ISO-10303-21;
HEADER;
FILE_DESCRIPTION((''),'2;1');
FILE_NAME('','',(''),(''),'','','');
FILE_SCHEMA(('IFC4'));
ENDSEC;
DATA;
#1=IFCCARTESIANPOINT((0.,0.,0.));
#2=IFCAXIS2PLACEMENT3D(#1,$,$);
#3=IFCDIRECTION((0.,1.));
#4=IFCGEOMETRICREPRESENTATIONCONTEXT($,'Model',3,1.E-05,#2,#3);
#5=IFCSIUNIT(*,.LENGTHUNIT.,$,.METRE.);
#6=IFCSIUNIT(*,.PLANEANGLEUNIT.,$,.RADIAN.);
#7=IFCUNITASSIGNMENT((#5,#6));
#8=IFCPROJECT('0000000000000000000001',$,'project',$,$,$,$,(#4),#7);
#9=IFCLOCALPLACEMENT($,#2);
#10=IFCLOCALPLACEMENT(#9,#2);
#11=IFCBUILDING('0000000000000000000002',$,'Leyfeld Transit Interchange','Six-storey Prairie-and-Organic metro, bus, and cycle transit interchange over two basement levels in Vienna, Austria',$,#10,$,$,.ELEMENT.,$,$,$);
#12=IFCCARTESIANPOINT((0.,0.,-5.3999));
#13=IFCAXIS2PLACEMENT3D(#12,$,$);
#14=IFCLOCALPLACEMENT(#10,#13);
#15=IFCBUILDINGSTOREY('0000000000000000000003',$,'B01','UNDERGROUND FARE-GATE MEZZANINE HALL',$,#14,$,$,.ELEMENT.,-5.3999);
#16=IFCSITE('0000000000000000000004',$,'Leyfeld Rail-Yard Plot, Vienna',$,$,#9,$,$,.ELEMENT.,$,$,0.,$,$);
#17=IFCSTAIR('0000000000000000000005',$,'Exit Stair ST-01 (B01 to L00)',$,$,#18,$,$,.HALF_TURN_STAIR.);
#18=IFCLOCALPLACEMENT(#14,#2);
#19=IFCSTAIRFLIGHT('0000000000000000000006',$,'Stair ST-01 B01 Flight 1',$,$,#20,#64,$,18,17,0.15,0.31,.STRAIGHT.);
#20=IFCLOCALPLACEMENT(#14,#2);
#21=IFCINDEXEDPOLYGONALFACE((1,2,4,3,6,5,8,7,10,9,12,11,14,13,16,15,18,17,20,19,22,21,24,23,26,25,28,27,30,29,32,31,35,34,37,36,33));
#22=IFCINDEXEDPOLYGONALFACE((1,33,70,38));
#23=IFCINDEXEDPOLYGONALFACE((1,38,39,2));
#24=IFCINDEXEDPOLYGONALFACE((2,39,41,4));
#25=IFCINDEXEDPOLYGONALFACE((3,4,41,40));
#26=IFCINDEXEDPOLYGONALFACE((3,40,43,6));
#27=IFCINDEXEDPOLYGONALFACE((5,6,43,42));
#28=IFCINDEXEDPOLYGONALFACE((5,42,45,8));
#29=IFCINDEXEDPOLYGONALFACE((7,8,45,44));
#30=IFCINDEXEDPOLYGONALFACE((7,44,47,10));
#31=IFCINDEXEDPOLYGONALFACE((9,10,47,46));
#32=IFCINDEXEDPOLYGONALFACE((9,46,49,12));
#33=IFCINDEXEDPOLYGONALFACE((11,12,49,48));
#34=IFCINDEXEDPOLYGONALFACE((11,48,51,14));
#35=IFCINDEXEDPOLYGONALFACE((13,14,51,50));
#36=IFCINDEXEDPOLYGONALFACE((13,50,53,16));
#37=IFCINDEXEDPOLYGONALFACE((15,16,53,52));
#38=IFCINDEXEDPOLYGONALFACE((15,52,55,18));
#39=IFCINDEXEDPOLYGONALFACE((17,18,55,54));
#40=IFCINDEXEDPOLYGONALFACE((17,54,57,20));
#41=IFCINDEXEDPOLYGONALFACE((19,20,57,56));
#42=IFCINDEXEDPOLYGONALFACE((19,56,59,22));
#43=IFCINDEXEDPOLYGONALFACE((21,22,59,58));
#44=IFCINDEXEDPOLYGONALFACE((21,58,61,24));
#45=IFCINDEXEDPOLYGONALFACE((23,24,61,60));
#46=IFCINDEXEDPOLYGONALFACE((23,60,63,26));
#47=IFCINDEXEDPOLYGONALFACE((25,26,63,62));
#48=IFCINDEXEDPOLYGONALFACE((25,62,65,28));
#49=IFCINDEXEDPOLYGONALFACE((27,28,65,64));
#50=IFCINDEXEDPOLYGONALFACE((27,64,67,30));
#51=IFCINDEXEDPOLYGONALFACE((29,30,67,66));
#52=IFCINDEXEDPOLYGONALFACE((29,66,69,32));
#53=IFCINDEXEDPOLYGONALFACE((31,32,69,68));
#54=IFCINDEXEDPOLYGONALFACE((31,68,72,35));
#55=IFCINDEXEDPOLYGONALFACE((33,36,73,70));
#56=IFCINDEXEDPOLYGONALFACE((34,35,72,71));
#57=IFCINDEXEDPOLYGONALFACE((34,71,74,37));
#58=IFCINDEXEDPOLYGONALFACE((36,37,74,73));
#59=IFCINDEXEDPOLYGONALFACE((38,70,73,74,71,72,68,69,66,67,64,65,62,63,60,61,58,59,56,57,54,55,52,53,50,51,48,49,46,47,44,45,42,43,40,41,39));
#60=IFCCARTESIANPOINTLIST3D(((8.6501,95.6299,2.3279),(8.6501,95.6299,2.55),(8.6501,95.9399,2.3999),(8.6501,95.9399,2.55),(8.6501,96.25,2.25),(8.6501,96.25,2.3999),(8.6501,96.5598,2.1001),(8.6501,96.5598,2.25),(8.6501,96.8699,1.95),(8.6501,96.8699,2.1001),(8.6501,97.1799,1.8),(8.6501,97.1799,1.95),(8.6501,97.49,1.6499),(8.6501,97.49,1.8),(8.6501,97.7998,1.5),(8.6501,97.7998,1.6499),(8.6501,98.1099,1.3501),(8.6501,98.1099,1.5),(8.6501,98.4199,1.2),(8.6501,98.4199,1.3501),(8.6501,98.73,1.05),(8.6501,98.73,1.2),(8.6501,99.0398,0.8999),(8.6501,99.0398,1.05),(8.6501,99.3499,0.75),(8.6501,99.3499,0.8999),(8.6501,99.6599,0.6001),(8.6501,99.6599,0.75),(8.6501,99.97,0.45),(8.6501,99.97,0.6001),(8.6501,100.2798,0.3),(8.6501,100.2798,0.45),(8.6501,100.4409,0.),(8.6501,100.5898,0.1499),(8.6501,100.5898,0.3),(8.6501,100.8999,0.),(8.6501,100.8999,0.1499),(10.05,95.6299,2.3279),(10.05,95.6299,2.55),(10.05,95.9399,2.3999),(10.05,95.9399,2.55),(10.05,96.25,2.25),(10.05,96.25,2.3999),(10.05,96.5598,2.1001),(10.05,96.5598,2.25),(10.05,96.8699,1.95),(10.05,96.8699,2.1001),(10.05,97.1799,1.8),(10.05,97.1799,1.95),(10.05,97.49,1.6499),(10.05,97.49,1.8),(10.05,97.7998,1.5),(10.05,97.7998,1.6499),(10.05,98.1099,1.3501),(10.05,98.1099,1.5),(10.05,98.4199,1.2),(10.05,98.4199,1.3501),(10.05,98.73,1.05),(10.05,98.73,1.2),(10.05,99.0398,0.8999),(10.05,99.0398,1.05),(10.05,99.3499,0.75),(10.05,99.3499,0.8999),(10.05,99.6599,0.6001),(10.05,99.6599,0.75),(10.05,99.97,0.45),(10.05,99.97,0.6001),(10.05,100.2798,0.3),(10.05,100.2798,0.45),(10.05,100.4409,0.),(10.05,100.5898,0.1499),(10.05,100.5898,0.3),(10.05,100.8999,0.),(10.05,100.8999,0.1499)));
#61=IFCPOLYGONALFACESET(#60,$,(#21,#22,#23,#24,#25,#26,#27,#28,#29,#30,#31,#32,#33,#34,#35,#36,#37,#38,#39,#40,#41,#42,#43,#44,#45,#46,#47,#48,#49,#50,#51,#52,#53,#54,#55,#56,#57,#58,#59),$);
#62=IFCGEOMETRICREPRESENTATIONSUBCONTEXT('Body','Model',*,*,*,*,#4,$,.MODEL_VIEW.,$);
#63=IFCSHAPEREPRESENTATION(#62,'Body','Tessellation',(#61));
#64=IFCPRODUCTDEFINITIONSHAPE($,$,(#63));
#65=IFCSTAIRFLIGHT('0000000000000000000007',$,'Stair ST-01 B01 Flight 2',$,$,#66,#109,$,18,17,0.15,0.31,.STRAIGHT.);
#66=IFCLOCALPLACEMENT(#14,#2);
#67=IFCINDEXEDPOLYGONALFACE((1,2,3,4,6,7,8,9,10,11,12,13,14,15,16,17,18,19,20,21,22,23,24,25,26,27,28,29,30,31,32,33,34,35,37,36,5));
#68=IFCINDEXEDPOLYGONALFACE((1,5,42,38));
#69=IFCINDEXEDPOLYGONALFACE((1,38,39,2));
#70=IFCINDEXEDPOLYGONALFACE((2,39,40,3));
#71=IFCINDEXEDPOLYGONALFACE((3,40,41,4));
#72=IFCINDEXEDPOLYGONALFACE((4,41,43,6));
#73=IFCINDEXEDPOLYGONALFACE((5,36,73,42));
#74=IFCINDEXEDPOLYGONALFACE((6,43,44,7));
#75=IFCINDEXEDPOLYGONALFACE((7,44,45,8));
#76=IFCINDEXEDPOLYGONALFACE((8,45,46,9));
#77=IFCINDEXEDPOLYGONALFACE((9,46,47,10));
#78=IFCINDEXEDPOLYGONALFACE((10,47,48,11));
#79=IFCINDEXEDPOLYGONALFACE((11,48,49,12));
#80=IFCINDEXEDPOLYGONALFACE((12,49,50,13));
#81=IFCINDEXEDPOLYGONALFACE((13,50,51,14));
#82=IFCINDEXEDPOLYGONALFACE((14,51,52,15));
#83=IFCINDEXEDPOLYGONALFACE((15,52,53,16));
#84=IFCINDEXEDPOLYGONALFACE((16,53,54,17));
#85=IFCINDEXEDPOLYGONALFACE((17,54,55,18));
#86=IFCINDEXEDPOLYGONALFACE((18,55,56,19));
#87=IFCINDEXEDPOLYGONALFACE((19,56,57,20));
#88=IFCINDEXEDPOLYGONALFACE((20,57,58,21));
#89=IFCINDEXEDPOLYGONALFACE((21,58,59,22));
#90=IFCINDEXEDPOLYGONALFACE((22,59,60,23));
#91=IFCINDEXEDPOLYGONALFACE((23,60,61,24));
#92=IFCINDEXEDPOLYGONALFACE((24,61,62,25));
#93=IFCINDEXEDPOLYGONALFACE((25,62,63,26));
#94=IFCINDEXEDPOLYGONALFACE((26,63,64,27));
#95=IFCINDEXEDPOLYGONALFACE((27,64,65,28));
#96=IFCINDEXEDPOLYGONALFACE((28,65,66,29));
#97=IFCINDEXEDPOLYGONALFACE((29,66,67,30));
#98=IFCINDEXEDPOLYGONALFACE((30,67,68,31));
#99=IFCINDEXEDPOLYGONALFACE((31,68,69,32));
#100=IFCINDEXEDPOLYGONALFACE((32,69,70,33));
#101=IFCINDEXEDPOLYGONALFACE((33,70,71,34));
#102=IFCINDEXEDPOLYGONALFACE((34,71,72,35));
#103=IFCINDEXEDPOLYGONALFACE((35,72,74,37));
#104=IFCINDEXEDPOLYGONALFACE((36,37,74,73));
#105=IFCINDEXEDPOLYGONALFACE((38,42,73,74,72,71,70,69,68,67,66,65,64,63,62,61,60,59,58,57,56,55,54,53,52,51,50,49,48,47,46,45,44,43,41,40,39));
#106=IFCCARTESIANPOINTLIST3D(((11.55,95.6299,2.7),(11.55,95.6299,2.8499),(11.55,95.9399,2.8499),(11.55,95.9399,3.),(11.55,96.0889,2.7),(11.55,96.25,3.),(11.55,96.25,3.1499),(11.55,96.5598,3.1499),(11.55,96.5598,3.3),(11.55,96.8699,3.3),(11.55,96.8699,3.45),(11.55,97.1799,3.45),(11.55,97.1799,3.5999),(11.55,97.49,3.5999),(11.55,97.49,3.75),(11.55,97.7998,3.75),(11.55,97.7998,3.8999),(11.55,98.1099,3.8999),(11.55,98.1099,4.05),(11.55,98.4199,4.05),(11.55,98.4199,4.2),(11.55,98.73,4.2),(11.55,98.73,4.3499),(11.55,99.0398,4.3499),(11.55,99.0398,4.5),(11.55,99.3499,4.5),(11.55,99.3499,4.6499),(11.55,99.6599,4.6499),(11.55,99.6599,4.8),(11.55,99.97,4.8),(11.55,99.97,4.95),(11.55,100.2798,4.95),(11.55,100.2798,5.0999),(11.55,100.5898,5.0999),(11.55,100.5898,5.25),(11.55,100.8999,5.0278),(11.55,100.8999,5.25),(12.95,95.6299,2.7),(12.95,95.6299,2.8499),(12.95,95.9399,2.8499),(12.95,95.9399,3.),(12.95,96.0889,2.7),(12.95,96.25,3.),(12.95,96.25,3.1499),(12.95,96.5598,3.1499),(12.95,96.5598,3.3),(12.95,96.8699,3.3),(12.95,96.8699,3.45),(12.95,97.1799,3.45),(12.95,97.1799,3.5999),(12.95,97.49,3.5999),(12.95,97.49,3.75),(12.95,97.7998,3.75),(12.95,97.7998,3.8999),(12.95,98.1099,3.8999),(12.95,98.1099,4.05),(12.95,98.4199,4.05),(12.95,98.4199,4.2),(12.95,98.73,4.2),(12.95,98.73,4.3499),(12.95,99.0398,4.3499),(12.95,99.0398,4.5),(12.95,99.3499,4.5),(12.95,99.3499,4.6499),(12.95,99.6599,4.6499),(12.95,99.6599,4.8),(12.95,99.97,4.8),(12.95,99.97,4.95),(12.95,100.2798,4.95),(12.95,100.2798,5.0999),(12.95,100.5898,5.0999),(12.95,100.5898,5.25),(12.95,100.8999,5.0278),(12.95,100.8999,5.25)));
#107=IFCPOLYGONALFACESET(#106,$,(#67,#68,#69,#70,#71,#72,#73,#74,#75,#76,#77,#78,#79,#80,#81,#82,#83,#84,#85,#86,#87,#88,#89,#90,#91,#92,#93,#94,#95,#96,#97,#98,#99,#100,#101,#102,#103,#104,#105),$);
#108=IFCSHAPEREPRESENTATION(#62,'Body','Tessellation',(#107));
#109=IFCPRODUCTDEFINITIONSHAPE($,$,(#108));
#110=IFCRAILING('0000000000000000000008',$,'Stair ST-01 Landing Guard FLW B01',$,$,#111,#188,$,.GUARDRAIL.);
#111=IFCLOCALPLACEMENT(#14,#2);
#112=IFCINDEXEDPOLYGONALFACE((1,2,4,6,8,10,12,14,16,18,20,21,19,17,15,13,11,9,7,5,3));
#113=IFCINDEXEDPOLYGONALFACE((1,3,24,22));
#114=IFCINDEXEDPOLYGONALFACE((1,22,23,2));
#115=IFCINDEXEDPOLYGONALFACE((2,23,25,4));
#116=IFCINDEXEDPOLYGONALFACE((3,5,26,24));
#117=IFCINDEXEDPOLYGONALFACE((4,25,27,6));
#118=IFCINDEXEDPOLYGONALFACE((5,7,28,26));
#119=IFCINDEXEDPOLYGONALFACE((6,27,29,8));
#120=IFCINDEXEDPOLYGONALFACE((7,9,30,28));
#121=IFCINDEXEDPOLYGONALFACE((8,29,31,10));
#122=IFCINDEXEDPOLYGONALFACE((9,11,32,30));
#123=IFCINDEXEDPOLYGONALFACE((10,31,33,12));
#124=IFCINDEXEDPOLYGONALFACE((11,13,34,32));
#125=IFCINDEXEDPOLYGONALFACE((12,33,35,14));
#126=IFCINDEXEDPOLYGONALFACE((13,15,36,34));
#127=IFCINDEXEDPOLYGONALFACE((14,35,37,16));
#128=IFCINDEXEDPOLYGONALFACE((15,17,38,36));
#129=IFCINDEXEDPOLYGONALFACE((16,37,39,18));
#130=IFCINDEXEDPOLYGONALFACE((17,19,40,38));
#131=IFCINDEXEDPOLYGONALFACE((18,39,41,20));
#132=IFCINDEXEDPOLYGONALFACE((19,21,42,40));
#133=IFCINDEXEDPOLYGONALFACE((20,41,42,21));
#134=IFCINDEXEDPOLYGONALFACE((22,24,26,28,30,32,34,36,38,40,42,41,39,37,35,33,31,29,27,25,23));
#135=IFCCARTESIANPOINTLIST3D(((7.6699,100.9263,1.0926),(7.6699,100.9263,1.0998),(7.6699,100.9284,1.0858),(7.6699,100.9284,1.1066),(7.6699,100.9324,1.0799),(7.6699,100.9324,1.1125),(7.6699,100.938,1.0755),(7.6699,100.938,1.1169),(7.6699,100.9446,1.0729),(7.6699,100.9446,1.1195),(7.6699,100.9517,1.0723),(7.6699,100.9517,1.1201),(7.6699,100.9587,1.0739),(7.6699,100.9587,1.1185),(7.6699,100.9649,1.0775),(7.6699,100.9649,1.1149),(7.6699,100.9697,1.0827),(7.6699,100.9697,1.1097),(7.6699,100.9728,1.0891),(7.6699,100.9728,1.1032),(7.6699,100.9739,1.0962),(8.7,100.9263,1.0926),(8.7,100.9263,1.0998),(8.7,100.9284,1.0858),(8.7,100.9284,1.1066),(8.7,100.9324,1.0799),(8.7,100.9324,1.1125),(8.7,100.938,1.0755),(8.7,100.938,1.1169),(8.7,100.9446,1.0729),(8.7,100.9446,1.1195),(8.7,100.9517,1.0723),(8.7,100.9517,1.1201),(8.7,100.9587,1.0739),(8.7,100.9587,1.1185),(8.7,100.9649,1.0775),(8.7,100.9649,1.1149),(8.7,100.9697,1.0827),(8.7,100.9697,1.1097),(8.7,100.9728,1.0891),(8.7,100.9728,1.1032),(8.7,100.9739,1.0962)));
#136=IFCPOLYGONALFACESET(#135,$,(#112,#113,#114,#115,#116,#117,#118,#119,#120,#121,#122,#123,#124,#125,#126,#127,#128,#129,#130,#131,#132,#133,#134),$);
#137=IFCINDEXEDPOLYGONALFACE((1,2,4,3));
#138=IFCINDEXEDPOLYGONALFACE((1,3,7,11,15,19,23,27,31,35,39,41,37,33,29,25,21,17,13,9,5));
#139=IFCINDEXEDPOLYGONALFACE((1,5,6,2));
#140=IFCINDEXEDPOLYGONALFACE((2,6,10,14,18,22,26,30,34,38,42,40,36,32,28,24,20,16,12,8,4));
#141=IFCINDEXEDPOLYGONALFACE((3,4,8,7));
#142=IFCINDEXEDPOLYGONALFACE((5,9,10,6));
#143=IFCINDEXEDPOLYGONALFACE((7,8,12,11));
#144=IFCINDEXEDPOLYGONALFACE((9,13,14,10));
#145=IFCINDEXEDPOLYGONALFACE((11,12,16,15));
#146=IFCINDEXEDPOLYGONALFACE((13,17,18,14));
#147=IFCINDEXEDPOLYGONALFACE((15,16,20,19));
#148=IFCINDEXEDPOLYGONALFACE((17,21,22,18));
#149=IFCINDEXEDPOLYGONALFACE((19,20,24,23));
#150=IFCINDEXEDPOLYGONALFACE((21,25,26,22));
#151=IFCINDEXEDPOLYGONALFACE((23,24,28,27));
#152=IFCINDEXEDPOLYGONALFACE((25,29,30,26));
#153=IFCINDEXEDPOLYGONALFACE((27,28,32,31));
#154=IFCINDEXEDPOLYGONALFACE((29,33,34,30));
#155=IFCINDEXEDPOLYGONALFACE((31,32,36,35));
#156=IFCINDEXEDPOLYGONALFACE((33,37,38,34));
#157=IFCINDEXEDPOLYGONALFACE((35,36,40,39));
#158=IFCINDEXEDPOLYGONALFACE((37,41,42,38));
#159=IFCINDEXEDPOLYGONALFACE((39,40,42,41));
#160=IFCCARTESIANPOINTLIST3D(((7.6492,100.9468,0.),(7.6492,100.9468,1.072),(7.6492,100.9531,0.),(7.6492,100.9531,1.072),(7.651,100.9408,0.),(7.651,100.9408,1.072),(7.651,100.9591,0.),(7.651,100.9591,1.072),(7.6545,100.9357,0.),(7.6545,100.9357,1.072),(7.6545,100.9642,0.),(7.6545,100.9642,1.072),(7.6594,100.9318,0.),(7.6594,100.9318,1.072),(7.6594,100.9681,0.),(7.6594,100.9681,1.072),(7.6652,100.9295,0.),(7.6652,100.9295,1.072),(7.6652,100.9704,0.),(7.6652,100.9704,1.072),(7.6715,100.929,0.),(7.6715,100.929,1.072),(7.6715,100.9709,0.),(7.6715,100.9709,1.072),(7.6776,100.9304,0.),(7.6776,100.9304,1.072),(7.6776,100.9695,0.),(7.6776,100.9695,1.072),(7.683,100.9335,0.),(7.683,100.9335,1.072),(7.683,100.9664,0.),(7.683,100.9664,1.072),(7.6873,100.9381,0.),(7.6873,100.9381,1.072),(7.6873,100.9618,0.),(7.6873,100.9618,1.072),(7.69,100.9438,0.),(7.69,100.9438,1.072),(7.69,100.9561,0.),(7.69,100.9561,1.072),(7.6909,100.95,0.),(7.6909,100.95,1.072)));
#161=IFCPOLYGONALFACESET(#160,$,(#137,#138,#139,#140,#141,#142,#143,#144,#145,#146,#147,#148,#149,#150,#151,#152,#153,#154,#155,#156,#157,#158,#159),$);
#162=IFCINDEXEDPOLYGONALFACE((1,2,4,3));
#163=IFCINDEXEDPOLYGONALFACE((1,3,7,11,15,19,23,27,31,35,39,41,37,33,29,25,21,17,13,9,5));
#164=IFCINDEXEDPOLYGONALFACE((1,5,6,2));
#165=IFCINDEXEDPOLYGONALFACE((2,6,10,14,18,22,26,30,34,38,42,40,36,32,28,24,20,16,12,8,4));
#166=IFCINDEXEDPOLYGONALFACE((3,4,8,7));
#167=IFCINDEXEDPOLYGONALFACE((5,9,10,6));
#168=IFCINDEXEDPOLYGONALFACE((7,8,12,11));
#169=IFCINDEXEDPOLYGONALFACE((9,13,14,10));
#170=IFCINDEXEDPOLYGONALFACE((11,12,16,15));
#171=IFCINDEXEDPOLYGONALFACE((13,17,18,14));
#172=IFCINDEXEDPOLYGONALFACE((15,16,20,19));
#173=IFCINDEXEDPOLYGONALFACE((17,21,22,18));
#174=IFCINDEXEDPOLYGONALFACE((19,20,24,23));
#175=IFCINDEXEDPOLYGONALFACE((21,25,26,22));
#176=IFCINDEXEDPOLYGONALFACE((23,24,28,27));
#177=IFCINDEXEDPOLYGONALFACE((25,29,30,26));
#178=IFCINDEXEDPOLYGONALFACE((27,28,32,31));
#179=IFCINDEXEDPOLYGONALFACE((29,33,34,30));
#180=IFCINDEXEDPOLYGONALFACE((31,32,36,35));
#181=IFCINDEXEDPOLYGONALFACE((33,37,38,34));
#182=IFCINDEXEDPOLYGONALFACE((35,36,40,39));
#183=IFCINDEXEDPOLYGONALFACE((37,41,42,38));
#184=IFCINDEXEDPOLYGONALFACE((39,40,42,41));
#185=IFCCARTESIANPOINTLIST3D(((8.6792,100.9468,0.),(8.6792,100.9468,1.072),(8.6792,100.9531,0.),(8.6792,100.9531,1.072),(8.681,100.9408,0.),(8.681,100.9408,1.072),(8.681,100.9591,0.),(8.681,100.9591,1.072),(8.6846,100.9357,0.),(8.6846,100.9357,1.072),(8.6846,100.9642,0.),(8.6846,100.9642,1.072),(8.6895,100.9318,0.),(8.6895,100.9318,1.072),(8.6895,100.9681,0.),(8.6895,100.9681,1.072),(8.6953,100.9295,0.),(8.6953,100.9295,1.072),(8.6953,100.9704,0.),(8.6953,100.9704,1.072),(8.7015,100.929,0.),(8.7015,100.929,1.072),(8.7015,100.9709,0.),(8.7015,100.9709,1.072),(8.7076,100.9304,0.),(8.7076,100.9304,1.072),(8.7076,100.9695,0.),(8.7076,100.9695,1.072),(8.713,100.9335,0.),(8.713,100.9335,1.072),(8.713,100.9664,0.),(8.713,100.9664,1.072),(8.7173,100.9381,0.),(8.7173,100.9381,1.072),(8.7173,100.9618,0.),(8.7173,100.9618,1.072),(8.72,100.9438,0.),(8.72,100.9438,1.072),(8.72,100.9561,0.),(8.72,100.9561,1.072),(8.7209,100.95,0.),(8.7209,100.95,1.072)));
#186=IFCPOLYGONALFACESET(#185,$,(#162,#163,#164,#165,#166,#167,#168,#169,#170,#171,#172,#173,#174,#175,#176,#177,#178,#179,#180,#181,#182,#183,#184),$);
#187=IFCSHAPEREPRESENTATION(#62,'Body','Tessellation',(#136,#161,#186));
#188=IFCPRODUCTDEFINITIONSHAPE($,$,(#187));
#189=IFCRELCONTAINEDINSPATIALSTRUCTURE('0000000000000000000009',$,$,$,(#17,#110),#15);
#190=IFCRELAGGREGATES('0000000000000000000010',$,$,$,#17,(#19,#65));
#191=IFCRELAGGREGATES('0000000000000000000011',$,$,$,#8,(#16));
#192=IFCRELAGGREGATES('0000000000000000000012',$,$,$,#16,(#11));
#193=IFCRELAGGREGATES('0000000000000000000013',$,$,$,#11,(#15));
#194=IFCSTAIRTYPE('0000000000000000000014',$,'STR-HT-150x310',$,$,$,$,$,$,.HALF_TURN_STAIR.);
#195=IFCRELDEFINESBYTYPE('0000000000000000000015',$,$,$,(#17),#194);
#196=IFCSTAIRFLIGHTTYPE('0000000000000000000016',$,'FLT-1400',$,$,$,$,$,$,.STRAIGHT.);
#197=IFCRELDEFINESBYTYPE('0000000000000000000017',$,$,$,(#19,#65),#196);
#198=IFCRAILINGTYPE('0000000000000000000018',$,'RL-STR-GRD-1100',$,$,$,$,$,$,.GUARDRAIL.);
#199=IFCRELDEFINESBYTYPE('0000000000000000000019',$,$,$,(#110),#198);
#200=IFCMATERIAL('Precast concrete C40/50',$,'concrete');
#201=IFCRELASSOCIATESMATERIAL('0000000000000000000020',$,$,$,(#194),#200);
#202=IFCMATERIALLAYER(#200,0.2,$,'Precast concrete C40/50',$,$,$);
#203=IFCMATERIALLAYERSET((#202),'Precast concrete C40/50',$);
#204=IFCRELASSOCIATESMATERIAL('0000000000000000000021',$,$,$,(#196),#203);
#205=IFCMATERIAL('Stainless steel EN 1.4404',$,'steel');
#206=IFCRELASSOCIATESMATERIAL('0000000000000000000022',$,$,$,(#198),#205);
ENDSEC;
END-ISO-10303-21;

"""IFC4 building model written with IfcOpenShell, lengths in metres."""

from ifc_helpers import new_model, si_unit, direction, frame, origin, origin_2d, place, context, subcontext, project, spatial, polyline, circle, outline, extrude, material, layer, layer_set, type_object, element, aggregate, save


model = new_model("IFC4")

# Units and contexts
model_context = context("Model", 3, precision=1e-05, world=origin(), true_north=direction((0.0, 1.0)))
body_context = subcontext(model_context, "Body", "Model", "MODEL_VIEW")
ifc_project = project(units=[si_unit("LENGTHUNIT", "METRE"), si_unit("PLANEANGLEUNIT", "RADIAN")], contexts=[model_context])

# Site, building, storey
site_placement = place(None, origin())
site = spatial("IfcSite", under=ifc_project, at=site_placement, Name="Leyfeld Rail-Yard Plot, Vienna", CompositionType="ELEMENT", RefElevation=0.0)
building_placement = place(site_placement, origin())
building = spatial("IfcBuilding", under=site, at=building_placement, Name="Leyfeld Transit Interchange", Description="Six-storey Prairie-and-Organic metro, bus, and cycle transit interchange over two basement levels in Vienna, Austria", CompositionType="ELEMENT")
storey_placement = place(building_placement, frame((0.0, 0.0, -5.3999)))
storey = spatial("IfcBuildingStorey", under=building, at=storey_placement, Name="B01", Description="UNDERGROUND FARE-GATE MEZZANINE HALL", CompositionType="ELEMENT", Elevation=-5.3999)

# Stair, stair flights
ifc_material_1 = material(Name="Precast concrete C40/50", Category="concrete")
stair_type = type_object("IfcStairType", Name="STR-HT-150x310", PredefinedType="HALF_TURN_STAIR", material=ifc_material_1)
stair_placement = place(storey_placement, origin())
stair = element("IfcStair", 1, at=stair_placement, inside=storey, type_object=stair_type, Name="Exit Stair ST-01 (B01 to L00)", PredefinedType="HALF_TURN_STAIR")
ifc_layer_1 = layer(ifc_material_1, 0.2, Name="Precast concrete C40/50")
ifc_layer_set_1 = layer_set([ifc_layer_1], Name="Precast concrete C40/50")
stair_flight_type = type_object("IfcStairFlightType", Name="FLT-1400", PredefinedType="STRAIGHT", material=ifc_layer_set_1)
stair_flight_1_placement = place(storey_placement, frame((9.3501, 100.8999, 0.0), z_axis=(0.0, 0.0, 1.0), x_axis=(0.0, -1.0, 0.0)))
stair_flight_1 = element("IfcStairFlight", 2, at=stair_flight_1_placement, type_object=stair_flight_type, Name="Stair ST-01 B01 Flight 1", NumberOfRisers=18, NumberOfTreads=17, PredefinedType="STRAIGHT", RiserHeight=0.15, TreadLength=0.31, context=body_context, shape_type="SweptSolid", body=[
    extrude(outline(polyline([(0.0, 0.0), (0.0, 0.1499), (0.3101, 0.1499), (0.3101, 0.3), (0.6201, 0.3), (0.6201, 0.45), (0.9299, 0.45), (0.9299, 0.6001), (1.24, 0.6001), (1.24, 0.75), (1.55, 0.75), (1.55, 0.8999), (1.8601, 0.8999), (1.8601, 1.05), (2.1699, 1.05), (2.1699, 1.2), (2.48, 1.2), (2.48, 1.3501), (2.79, 1.3501), (2.79, 1.5), (3.1001, 1.5), (3.1001, 1.6499), (3.4099, 1.6499), (3.4099, 1.8), (3.72, 1.8), (3.72, 1.95), (4.03, 1.95), (4.03, 2.1001), (4.3401, 2.1001), (4.3401, 2.25), (4.6499, 2.25), (4.6499, 2.3999), (4.96, 2.3999), (4.96, 2.55), (5.27, 2.55), (5.27, 2.7), (5.27, 2.3279), (0.459, 0.0), (0.0, 0.0)])), frame((0.0, 0.7, 0.0), z_axis=(0.0, -1.0, 0.0), x_axis=(1.0, 0.0, 0.0)), (0.0, 0.0, 1.0), 1.3999),
])
stair_flight_2_placement = place(storey_placement, frame((12.25, 95.6299, 2.7), z_axis=(0.0, 0.0, 1.0), x_axis=(0.0, 1.0, 0.0)))
stair_flight_2 = element("IfcStairFlight", 3, at=stair_flight_2_placement, type_object=stair_flight_type, Name="Stair ST-01 B01 Flight 2", NumberOfRisers=18, NumberOfTreads=17, PredefinedType="STRAIGHT", RiserHeight=0.15, TreadLength=0.31, context=body_context, shape_type="SweptSolid", body=[
    extrude(outline(polyline([(0.0, 0.0), (0.0, 0.1499), (0.3101, 0.1499), (0.3101, 0.3), (0.6201, 0.3), (0.6201, 0.45), (0.9299, 0.45), (0.9299, 0.6001), (1.24, 0.6001), (1.24, 0.75), (1.55, 0.75), (1.55, 0.8999), (1.8601, 0.8999), (1.8601, 1.05), (2.1699, 1.05), (2.1699, 1.2), (2.48, 1.2), (2.48, 1.3501), (2.79, 1.3501), (2.79, 1.5), (3.1001, 1.5), (3.1001, 1.6499), (3.4099, 1.6499), (3.4099, 1.8), (3.72, 1.8), (3.72, 1.95), (4.03, 1.95), (4.03, 2.1001), (4.3401, 2.1001), (4.3401, 2.25), (4.6499, 2.25), (4.6499, 2.3999), (4.96, 2.3999), (4.96, 2.55), (5.27, 2.55), (5.27, 2.7), (5.27, 2.3279), (0.459, 0.0), (0.0, 0.0)])), frame((0.0, 0.7, 0.0), z_axis=(0.0, -1.0, 0.0), x_axis=(1.0, 0.0, 0.0)), (0.0, 0.0, 1.0), 1.3999),
])
aggregate(stair, [stair_flight_1, stair_flight_2])

# Railing
ifc_material_2 = material(Name="Stainless steel EN 1.4404", Category="steel")
railing_type_1 = type_object("IfcRailingType", Name="RL-STR-GRD-1100", PredefinedType="GUARDRAIL", material=ifc_material_2)
railing_1_placement = place(storey_placement, frame((7.6699, 100.95, 0.0)))
element("IfcRailing", 4, at=railing_1_placement, inside=storey, type_object=railing_type_1, Name="Stair ST-01 Landing Guard FLW B01", PredefinedType="GUARDRAIL", context=body_context, shape_type="SweptSolid", body=[
    extrude(circle(Radius=0.0239, at=origin_2d()), frame((0.0, 0.0, 1.0962), z_axis=(1.0, 0.0, 0.0), x_axis=(0.0, 1.0, 0.0)), (0.0, 0.0, 1.0), 1.03),
    extrude(circle(Radius=0.021, at=origin_2d()), origin(), (0.0, 0.0, 1.0), 1.072),
    extrude(circle(Radius=0.021, at=origin_2d()), frame((1.03, 0.0, 0.0)), (0.0, 0.0, 1.0), 1.072),
])

save(model, "model.ifc")
